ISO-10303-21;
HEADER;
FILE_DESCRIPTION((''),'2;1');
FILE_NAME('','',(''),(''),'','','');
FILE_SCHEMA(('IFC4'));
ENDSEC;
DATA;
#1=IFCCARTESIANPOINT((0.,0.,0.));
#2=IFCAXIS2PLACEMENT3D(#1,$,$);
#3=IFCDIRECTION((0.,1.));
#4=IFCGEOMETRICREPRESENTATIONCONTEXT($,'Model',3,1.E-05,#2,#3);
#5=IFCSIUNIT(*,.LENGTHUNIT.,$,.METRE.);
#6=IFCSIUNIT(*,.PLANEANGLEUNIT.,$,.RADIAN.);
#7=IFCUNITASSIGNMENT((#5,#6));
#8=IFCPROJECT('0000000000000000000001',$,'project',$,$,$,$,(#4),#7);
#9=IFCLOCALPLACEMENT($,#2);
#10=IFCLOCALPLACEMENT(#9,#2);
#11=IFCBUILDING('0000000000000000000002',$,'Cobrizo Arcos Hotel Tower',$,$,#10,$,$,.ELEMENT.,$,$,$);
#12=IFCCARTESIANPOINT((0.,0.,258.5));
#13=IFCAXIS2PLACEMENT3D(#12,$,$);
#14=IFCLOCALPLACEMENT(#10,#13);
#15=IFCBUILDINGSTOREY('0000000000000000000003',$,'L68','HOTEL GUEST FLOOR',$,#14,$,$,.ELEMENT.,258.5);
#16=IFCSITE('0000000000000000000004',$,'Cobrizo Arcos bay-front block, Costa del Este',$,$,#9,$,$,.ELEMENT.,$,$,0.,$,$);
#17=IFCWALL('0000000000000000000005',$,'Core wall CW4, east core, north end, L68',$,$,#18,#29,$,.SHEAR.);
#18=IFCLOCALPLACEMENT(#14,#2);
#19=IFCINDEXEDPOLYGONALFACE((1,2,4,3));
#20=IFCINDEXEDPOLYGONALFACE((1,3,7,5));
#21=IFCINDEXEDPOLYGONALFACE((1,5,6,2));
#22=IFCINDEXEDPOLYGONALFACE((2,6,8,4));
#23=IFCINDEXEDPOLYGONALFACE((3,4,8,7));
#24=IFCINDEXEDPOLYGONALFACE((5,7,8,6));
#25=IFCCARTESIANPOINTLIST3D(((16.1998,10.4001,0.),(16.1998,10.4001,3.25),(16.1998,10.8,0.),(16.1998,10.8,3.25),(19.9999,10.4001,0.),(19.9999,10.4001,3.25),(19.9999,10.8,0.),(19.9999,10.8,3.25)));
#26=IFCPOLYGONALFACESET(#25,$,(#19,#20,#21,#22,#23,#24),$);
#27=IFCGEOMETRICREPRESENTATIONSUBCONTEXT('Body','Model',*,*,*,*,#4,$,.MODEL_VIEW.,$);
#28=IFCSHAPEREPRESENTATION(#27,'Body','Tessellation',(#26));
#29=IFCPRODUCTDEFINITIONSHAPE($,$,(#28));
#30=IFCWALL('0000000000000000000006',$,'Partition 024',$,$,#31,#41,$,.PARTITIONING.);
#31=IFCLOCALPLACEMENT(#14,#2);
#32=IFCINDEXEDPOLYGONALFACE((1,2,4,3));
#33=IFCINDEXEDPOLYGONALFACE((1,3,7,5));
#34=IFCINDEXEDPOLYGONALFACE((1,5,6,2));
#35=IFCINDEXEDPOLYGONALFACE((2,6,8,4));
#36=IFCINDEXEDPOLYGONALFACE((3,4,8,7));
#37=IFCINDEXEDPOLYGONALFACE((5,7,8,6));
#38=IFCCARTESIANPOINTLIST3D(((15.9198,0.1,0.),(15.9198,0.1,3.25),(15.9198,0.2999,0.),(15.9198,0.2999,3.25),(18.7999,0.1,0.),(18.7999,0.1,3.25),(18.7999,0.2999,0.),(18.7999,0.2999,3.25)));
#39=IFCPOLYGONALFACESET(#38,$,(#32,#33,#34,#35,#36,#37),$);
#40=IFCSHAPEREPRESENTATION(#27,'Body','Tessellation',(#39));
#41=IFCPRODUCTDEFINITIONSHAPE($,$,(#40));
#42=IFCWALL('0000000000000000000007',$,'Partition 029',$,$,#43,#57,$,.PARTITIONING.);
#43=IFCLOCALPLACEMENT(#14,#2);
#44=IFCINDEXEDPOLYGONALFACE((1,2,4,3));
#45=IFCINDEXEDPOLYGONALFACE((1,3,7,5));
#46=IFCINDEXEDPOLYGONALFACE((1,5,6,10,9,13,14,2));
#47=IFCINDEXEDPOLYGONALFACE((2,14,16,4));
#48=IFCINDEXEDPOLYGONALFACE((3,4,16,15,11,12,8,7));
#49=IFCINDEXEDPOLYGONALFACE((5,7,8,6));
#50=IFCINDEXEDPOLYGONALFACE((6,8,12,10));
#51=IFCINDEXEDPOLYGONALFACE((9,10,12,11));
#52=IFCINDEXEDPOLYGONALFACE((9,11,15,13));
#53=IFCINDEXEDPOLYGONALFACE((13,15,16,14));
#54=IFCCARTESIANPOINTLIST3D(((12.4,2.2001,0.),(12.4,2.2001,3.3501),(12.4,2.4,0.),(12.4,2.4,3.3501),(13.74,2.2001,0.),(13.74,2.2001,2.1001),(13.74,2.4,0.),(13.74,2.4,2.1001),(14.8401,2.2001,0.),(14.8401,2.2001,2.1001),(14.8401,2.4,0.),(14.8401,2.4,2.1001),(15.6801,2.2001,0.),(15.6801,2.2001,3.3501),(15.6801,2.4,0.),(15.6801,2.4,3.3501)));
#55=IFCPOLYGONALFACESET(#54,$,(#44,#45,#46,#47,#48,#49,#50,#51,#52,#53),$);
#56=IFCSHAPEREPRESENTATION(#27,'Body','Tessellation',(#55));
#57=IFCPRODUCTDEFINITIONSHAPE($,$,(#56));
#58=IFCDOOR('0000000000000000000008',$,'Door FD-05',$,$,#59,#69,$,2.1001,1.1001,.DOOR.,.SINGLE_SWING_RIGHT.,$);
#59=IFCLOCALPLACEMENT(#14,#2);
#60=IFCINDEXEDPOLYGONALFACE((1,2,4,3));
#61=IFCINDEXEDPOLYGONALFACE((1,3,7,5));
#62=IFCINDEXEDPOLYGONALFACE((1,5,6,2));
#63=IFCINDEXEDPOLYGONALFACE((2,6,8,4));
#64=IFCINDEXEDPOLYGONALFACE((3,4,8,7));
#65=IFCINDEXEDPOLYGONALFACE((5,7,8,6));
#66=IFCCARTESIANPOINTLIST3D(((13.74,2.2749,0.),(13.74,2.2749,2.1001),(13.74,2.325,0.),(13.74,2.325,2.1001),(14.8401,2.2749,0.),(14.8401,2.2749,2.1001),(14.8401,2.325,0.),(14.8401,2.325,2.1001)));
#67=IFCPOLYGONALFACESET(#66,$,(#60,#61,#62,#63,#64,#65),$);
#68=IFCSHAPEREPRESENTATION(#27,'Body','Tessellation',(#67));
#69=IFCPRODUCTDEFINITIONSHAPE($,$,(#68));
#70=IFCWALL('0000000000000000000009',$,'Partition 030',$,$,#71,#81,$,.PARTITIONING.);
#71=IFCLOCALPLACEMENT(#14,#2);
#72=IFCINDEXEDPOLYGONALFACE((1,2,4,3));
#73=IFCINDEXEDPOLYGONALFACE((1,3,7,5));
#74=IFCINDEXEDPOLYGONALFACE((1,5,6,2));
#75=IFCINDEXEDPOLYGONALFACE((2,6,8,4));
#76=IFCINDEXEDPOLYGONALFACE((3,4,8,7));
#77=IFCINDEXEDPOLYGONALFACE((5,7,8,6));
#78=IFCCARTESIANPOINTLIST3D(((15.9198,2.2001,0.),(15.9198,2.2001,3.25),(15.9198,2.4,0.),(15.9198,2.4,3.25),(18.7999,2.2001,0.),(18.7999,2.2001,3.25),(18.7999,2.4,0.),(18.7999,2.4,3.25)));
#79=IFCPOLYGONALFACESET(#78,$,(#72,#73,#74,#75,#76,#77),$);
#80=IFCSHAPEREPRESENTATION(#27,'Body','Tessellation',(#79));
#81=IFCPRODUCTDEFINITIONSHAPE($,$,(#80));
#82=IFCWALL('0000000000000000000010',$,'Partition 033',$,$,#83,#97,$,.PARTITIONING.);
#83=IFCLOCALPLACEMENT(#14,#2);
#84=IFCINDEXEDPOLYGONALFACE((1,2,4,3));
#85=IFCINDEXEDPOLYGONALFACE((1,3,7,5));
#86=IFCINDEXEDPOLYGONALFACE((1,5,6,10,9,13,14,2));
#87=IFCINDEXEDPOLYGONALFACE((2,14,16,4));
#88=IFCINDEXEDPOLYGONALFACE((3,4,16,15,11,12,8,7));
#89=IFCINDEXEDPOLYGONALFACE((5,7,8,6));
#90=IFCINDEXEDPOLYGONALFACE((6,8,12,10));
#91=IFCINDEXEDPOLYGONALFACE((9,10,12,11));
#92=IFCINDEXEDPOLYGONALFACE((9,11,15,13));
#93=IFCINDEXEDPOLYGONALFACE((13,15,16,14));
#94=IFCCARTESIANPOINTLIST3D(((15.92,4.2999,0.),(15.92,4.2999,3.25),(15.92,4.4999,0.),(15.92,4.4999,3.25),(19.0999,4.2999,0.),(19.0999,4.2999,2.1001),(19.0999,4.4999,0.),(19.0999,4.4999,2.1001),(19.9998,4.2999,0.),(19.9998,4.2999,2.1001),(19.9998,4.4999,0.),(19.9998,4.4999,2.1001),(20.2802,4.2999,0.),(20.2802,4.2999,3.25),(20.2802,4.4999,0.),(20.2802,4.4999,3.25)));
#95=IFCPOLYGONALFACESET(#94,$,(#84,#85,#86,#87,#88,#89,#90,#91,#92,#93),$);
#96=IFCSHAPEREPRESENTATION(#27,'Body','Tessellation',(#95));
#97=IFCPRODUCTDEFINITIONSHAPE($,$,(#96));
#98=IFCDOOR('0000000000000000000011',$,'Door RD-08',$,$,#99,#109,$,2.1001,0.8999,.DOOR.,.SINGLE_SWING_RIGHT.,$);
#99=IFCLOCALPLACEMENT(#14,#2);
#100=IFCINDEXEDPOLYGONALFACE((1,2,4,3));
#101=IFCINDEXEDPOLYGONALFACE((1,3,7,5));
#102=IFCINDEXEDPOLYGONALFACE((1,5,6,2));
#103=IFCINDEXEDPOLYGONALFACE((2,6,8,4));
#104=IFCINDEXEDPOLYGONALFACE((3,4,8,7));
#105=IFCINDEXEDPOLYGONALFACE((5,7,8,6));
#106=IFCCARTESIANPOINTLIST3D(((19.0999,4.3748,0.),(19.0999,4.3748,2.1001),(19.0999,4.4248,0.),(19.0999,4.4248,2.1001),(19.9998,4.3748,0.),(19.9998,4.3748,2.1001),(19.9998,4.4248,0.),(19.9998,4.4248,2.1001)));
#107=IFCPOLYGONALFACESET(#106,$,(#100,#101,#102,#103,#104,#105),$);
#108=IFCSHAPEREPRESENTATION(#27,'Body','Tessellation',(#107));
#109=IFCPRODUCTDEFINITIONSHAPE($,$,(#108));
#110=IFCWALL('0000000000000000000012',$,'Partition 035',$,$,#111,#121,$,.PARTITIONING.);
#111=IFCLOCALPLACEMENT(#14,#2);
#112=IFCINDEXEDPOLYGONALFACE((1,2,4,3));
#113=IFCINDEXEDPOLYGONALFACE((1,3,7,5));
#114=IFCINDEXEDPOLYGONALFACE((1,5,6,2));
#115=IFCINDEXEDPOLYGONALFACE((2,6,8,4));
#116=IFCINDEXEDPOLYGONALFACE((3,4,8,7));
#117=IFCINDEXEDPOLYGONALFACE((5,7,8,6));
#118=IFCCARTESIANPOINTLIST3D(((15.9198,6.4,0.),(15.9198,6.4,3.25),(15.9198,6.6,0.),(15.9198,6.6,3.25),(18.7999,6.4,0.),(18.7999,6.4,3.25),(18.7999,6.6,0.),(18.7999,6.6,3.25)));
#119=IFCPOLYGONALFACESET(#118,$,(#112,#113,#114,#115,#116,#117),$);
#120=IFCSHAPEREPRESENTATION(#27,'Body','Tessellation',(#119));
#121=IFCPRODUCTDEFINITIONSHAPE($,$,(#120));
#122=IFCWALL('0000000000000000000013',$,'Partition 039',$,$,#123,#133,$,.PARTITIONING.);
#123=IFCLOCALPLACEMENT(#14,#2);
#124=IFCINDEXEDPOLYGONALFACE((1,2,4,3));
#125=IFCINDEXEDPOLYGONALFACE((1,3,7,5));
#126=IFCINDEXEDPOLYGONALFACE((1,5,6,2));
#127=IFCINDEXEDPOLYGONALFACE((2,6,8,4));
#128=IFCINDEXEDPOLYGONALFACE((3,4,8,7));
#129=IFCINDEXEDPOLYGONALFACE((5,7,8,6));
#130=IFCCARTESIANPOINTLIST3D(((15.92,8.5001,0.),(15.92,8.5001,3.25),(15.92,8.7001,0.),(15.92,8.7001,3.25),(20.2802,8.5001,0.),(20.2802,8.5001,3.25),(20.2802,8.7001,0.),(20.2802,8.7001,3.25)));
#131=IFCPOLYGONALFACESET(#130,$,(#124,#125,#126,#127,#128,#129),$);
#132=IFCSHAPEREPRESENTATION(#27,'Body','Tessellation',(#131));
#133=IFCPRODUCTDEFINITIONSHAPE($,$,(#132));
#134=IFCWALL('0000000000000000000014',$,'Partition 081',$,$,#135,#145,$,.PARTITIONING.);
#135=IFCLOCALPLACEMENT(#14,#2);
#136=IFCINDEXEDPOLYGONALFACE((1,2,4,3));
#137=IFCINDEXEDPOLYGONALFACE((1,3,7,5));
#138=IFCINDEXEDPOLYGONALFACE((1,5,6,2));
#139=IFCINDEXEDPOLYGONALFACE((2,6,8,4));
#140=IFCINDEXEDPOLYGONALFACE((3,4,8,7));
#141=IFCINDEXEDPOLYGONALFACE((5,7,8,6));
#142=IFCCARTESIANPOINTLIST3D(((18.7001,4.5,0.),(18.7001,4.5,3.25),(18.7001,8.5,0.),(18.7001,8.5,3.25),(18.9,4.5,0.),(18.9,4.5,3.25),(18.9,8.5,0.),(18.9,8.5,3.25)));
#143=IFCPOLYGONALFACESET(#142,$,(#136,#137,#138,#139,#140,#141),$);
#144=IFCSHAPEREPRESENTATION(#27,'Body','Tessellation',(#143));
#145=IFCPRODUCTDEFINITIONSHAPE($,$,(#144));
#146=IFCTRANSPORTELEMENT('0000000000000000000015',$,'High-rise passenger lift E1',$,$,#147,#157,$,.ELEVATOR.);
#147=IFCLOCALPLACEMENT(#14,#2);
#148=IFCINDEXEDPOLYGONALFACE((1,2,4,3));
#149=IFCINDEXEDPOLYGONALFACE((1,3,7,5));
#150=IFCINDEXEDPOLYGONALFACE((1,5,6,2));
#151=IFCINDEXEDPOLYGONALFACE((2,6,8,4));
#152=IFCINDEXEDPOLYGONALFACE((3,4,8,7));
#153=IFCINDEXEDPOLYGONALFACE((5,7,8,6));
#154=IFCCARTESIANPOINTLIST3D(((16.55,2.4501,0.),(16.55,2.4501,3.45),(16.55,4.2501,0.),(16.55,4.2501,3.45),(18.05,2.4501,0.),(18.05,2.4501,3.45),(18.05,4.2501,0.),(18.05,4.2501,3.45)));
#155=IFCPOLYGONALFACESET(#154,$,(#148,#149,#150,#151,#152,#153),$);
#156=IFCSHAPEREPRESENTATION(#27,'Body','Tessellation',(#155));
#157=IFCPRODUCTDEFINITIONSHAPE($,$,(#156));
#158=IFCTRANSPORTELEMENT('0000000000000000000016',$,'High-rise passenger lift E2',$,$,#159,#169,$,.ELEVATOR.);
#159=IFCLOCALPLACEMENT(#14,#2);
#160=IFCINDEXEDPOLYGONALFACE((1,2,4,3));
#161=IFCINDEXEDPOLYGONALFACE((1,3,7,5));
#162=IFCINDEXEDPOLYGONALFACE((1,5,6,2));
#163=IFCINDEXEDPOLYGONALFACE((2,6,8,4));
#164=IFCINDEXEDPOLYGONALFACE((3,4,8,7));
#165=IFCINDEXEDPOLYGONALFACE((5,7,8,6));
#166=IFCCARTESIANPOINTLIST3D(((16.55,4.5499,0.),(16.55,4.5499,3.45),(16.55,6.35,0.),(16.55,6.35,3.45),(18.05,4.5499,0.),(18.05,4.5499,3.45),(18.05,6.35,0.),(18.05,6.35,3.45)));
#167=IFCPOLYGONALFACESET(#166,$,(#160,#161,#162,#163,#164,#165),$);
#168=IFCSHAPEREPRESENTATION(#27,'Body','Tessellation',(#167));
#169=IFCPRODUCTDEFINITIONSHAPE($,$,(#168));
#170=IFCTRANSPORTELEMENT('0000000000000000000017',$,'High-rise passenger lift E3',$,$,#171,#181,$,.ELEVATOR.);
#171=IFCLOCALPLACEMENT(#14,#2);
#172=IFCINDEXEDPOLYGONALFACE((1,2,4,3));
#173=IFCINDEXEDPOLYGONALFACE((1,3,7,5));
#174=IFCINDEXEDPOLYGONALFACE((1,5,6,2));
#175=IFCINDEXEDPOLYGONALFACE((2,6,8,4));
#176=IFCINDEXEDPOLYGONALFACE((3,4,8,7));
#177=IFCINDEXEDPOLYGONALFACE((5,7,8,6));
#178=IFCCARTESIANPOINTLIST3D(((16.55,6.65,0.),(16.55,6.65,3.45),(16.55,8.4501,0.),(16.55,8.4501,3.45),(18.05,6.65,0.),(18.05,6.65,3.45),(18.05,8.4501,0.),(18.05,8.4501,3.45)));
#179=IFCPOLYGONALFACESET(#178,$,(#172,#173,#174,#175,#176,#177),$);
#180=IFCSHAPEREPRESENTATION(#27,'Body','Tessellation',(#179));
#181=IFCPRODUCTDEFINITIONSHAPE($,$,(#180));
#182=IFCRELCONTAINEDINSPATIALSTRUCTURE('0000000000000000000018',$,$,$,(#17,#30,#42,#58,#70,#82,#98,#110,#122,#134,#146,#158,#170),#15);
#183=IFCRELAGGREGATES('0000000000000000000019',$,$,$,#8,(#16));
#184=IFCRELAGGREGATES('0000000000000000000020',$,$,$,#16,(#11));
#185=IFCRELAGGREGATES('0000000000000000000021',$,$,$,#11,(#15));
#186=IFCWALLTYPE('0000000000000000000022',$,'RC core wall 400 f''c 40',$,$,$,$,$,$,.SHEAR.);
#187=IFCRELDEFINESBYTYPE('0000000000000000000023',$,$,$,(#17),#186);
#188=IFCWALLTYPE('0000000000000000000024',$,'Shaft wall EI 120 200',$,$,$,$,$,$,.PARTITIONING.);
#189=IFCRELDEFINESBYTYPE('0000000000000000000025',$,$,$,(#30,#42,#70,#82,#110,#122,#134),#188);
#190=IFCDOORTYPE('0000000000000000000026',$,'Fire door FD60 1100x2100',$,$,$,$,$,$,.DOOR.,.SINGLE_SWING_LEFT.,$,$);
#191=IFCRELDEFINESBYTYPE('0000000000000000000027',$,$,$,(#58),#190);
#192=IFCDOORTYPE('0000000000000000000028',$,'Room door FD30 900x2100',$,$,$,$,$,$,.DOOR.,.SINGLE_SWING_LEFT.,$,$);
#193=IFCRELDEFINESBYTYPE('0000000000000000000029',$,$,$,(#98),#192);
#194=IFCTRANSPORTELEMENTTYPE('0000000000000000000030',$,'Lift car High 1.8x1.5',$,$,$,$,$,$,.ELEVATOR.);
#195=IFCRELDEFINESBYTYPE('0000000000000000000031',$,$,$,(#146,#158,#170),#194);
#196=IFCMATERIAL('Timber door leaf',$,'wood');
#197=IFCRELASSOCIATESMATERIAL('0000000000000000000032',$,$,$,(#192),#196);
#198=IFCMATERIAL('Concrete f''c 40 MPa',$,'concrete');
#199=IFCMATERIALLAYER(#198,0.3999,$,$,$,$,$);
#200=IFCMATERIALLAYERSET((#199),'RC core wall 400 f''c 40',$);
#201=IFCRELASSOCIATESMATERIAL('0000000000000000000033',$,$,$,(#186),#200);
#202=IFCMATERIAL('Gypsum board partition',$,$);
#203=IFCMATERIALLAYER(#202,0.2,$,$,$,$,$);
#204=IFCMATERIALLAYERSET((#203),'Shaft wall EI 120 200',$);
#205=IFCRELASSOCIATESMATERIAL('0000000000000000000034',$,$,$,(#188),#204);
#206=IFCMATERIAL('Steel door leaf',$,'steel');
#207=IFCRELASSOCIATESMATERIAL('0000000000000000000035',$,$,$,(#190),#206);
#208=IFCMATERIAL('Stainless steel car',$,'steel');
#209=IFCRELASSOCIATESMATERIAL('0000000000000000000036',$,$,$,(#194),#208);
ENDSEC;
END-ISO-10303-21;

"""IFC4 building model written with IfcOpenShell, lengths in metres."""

from ifc_helpers import new_model, si_unit, direction, frame, frame_2d, origin, origin_2d, place, context, subcontext, project, spatial, rectangle, extrude, material, layer, layer_set, type_object, element, fill, save


model = new_model("IFC4")

# Units and contexts
model_context = context("Model", 3, precision=1e-05, world=origin(), true_north=direction((0.0, 1.0)))
body_context = subcontext(model_context, "Body", "Model", "MODEL_VIEW")
ifc_project = project(units=[si_unit("LENGTHUNIT", "METRE"), si_unit("PLANEANGLEUNIT", "RADIAN")], contexts=[model_context])

# Site, building, storey
site_placement = place(None, origin())
site = spatial("IfcSite", under=ifc_project, at=site_placement, Name="Cobrizo Arcos bay-front block, Costa del Este", CompositionType="ELEMENT", RefElevation=0.0)
building_placement = place(site_placement, origin())
building = spatial("IfcBuilding", under=site, at=building_placement, Name="Cobrizo Arcos Hotel Tower", CompositionType="ELEMENT")
storey_placement = place(building_placement, frame((0.0, 0.0, 258.5)))
storey = spatial("IfcBuildingStorey", under=building, at=storey_placement, Name="L68", Description="HOTEL GUEST FLOOR", CompositionType="ELEMENT", Elevation=258.5)

# Shared definitions
ifc_material_1 = material(Name="Gypsum board partition")

# Shared definitions
ifc_material_2 = material(Name="Timber door leaf", Category="wood")
door_type_1 = type_object("IfcDoorType", Name="Room door FD30 900x2100", OperationType="SINGLE_SWING_LEFT", PredefinedType="DOOR", material=ifc_material_2)

# Walls
ifc_material_3 = material(Name="Concrete f'c 40 MPa", Category="concrete")
ifc_layer_1 = layer(ifc_material_3, 0.3999)
ifc_layer_set_1 = layer_set([ifc_layer_1], Name="RC core wall 400 f'c 40")
wall_type_1 = type_object("IfcWallType", Name="RC core wall 400 f'c 40", PredefinedType="SHEAR", material=ifc_layer_set_1)
wall_1_placement = place(storey_placement, frame((16.2, 10.6001, 0.0), z_axis=(0.0, 0.0, 1.0), x_axis=(1.0, 0.0, 0.0)))
element("IfcWall", 1, at=wall_1_placement, inside=storey, type_object=wall_type_1, Name="Core wall CW4, east core, north end, L68", PredefinedType="SHEAR", context=body_context, shape_type="SweptSolid", body=[
    extrude(rectangle(XDim=3.8, YDim=0.3999, at=frame_2d((1.8999, 0.0))), origin(), (0.0, 0.0, 1.0), 3.25),
])
ifc_layer_2 = layer(ifc_material_1, 0.2)
ifc_layer_set_2 = layer_set([ifc_layer_2], Name="Shaft wall EI 120 200")
wall_type_2 = type_object("IfcWallType", Name="Shaft wall EI 120 200", PredefinedType="PARTITIONING", material=ifc_layer_set_2)
wall_2_placement = place(storey_placement, frame((15.9199, 0.2, 0.0), z_axis=(0.0, 0.0, 1.0), x_axis=(1.0, 0.0, 0.0)))
element("IfcWall", 2, at=wall_2_placement, inside=storey, type_object=wall_type_2, Name="Partition 024", PredefinedType="PARTITIONING", context=body_context, shape_type="SweptSolid", body=[
    extrude(rectangle(XDim=2.8801, YDim=0.2, at=frame_2d((1.4399, 0.0))), origin(), (0.0, 0.0, 1.0), 3.25),
])

# Wall, opening, door
wall_3_placement = place(storey_placement, frame((12.3999, 2.3, 0.0), z_axis=(0.0, 0.0, 1.0), x_axis=(1.0, 0.0, 0.0)))
wall_3 = element("IfcWall", 3, at=wall_3_placement, inside=storey, type_object=wall_type_2, Name="Partition 029", PredefinedType="PARTITIONING", context=body_context, shape_type="SweptSolid", body=[
    extrude(rectangle(XDim=3.28, YDim=0.2, at=frame_2d((1.6401, 0.0))), origin(), (0.0, 0.0, 1.0), 3.3501),
])
opening_1_placement = place(wall_3_placement, frame((1.3401, 0.0, 0.0)))
opening_1 = element("IfcOpeningElement", 4, at=opening_1_placement, cuts=wall_3, PredefinedType="OPENING", context=body_context, shape_type="SweptSolid", body=[
    extrude(rectangle(XDim=1.1001, YDim=2.1001, at=frame_2d((0.55, 1.05))), frame((0.0, 0.1121, 0.0), z_axis=(0.0, -1.0, 0.0), x_axis=(1.0, 0.0, 0.0)), (0.0, 0.0, 1.0), 0.2239),
])
ifc_material_4 = material(Name="Steel door leaf", Category="steel")
door_type_2 = type_object("IfcDoorType", Name="Fire door FD60 1100x2100", OperationType="SINGLE_SWING_LEFT", PredefinedType="DOOR", material=ifc_material_4)
door_1_placement = place(opening_1_placement, origin())
door_1 = element("IfcDoor", 5, at=door_1_placement, inside=storey, type_object=door_type_2, Name="Door FD-05", OperationType="SINGLE_SWING_RIGHT", OverallHeight=2.1001, OverallWidth=1.1001, PredefinedType="DOOR", context=body_context, shape_type="SweptSolid", body=[
    extrude(rectangle(XDim=1.1001, YDim=2.1001, at=frame_2d((0.55, 1.05))), frame((0.0, 0.0249, 0.0), z_axis=(0.0, -1.0, 0.0), x_axis=(1.0, 0.0, 0.0)), (0.0, 0.0, 1.0), 0.05),
])
fill(opening_1, door_1)

# Wall
wall_4_placement = place(storey_placement, frame((15.9199, 2.3, 0.0), z_axis=(0.0, 0.0, 1.0), x_axis=(1.0, 0.0, 0.0)))
element("IfcWall", 6, at=wall_4_placement, inside=storey, type_object=wall_type_2, Name="Partition 030", PredefinedType="PARTITIONING", context=body_context, shape_type="SweptSolid", body=[
    extrude(rectangle(XDim=2.8801, YDim=0.2, at=frame_2d((1.4399, 0.0))), origin(), (0.0, 0.0, 1.0), 3.25),
])

# Wall, opening, door
wall_5_placement = place(storey_placement, frame((15.9199, 4.3999, 0.0), z_axis=(0.0, 0.0, 1.0), x_axis=(1.0, 0.0, 0.0)))
wall_5 = element("IfcWall", 7, at=wall_5_placement, inside=storey, type_object=wall_type_2, Name="Partition 033", PredefinedType="PARTITIONING", context=body_context, shape_type="SweptSolid", body=[
    extrude(rectangle(XDim=4.3601, YDim=0.2, at=frame_2d((2.1802, 0.0))), origin(), (0.0, 0.0, 1.0), 3.25),
])
opening_2_placement = place(wall_5_placement, frame((3.1799, 0.0, 0.0)))
opening_2 = element("IfcOpeningElement", 8, at=opening_2_placement, cuts=wall_5, PredefinedType="OPENING", context=body_context, shape_type="SweptSolid", body=[
    extrude(rectangle(XDim=0.8999, YDim=2.1001, at=frame_2d((0.45, 1.05))), frame((0.0, 0.1121, 0.0), z_axis=(0.0, -1.0, 0.0), x_axis=(1.0, 0.0, 0.0)), (0.0, 0.0, 1.0), 0.2239),
])
door_2_placement = place(opening_2_placement, origin())
door_2 = element("IfcDoor", 9, at=door_2_placement, inside=storey, type_object=door_type_1, Name="Door RD-08", OperationType="SINGLE_SWING_RIGHT", OverallHeight=2.1001, OverallWidth=0.8999, PredefinedType="DOOR", context=body_context, shape_type="SweptSolid", body=[
    extrude(rectangle(XDim=0.8999, YDim=2.1001, at=frame_2d((0.45, 1.05))), frame((0.0, 0.0249, 0.0), z_axis=(0.0, -1.0, 0.0), x_axis=(1.0, 0.0, 0.0)), (0.0, 0.0, 1.0), 0.05),
])
fill(opening_2, door_2)

# Walls
wall_6_placement = place(storey_placement, frame((15.9199, 6.5, 0.0), z_axis=(0.0, 0.0, 1.0), x_axis=(1.0, 0.0, 0.0)))
element("IfcWall", 10, at=wall_6_placement, inside=storey, type_object=wall_type_2, Name="Partition 035", PredefinedType="PARTITIONING", context=body_context, shape_type="SweptSolid", body=[
    extrude(rectangle(XDim=2.8801, YDim=0.2, at=frame_2d((1.4399, 0.0))), origin(), (0.0, 0.0, 1.0), 3.25),
])
wall_7_placement = place(storey_placement, frame((15.9199, 8.6001, 0.0), z_axis=(0.0, 0.0, 1.0), x_axis=(1.0, 0.0, 0.0)))
element("IfcWall", 11, at=wall_7_placement, inside=storey, type_object=wall_type_2, Name="Partition 039", PredefinedType="PARTITIONING", context=body_context, shape_type="SweptSolid", body=[
    extrude(rectangle(XDim=4.3601, YDim=0.2, at=frame_2d((2.1802, 0.0))), origin(), (0.0, 0.0, 1.0), 3.25),
])
wall_8_placement = place(storey_placement, frame((18.8, 4.5, 0.0), z_axis=(0.0, 0.0, 1.0), x_axis=(0.0, 1.0, 0.0)))
element("IfcWall", 12, at=wall_8_placement, inside=storey, type_object=wall_type_2, Name="Partition 081", PredefinedType="PARTITIONING", context=body_context, shape_type="SweptSolid", body=[
    extrude(rectangle(XDim=4.0, YDim=0.2, at=frame_2d((2.0, 0.0))), origin(), (0.0, 0.0, 1.0), 3.25),
])

# Transport elements
ifc_material_5 = material(Name="Stainless steel car", Category="steel")
transport_element_type = type_object("IfcTransportElementType", Name="Lift car High 1.8x1.5", PredefinedType="ELEVATOR", material=ifc_material_5)
for number, where, z_axis, x_axis, name in (
    (13, (17.3, 3.3501, 0.0), (0.0, 0.0, 1.0), (1.0, 0.0, 0.0), "High-rise passenger lift E1"),
    (14, (17.3, 5.45, 0.0), (0.0, 0.0, 1.0), (1.0, 0.0, 0.0), "High-rise passenger lift E2"),
    (15, (17.3, 7.55, 0.0), (0.0, 0.0, 1.0), (1.0, 0.0, 0.0), "High-rise passenger lift E3"),
):
    element("IfcTransportElement", number, at=place(storey_placement, frame(where, z_axis=z_axis, x_axis=x_axis)), inside=storey, type_object=transport_element_type, Name=name, PredefinedType="ELEVATOR", context=body_context, shape_type="SweptSolid", body=[
        extrude(rectangle(XDim=1.5, YDim=1.8, at=origin_2d()), origin(), (0.0, 0.0, 1.0), 3.45),
    ])

save(model, "model.ifc")
